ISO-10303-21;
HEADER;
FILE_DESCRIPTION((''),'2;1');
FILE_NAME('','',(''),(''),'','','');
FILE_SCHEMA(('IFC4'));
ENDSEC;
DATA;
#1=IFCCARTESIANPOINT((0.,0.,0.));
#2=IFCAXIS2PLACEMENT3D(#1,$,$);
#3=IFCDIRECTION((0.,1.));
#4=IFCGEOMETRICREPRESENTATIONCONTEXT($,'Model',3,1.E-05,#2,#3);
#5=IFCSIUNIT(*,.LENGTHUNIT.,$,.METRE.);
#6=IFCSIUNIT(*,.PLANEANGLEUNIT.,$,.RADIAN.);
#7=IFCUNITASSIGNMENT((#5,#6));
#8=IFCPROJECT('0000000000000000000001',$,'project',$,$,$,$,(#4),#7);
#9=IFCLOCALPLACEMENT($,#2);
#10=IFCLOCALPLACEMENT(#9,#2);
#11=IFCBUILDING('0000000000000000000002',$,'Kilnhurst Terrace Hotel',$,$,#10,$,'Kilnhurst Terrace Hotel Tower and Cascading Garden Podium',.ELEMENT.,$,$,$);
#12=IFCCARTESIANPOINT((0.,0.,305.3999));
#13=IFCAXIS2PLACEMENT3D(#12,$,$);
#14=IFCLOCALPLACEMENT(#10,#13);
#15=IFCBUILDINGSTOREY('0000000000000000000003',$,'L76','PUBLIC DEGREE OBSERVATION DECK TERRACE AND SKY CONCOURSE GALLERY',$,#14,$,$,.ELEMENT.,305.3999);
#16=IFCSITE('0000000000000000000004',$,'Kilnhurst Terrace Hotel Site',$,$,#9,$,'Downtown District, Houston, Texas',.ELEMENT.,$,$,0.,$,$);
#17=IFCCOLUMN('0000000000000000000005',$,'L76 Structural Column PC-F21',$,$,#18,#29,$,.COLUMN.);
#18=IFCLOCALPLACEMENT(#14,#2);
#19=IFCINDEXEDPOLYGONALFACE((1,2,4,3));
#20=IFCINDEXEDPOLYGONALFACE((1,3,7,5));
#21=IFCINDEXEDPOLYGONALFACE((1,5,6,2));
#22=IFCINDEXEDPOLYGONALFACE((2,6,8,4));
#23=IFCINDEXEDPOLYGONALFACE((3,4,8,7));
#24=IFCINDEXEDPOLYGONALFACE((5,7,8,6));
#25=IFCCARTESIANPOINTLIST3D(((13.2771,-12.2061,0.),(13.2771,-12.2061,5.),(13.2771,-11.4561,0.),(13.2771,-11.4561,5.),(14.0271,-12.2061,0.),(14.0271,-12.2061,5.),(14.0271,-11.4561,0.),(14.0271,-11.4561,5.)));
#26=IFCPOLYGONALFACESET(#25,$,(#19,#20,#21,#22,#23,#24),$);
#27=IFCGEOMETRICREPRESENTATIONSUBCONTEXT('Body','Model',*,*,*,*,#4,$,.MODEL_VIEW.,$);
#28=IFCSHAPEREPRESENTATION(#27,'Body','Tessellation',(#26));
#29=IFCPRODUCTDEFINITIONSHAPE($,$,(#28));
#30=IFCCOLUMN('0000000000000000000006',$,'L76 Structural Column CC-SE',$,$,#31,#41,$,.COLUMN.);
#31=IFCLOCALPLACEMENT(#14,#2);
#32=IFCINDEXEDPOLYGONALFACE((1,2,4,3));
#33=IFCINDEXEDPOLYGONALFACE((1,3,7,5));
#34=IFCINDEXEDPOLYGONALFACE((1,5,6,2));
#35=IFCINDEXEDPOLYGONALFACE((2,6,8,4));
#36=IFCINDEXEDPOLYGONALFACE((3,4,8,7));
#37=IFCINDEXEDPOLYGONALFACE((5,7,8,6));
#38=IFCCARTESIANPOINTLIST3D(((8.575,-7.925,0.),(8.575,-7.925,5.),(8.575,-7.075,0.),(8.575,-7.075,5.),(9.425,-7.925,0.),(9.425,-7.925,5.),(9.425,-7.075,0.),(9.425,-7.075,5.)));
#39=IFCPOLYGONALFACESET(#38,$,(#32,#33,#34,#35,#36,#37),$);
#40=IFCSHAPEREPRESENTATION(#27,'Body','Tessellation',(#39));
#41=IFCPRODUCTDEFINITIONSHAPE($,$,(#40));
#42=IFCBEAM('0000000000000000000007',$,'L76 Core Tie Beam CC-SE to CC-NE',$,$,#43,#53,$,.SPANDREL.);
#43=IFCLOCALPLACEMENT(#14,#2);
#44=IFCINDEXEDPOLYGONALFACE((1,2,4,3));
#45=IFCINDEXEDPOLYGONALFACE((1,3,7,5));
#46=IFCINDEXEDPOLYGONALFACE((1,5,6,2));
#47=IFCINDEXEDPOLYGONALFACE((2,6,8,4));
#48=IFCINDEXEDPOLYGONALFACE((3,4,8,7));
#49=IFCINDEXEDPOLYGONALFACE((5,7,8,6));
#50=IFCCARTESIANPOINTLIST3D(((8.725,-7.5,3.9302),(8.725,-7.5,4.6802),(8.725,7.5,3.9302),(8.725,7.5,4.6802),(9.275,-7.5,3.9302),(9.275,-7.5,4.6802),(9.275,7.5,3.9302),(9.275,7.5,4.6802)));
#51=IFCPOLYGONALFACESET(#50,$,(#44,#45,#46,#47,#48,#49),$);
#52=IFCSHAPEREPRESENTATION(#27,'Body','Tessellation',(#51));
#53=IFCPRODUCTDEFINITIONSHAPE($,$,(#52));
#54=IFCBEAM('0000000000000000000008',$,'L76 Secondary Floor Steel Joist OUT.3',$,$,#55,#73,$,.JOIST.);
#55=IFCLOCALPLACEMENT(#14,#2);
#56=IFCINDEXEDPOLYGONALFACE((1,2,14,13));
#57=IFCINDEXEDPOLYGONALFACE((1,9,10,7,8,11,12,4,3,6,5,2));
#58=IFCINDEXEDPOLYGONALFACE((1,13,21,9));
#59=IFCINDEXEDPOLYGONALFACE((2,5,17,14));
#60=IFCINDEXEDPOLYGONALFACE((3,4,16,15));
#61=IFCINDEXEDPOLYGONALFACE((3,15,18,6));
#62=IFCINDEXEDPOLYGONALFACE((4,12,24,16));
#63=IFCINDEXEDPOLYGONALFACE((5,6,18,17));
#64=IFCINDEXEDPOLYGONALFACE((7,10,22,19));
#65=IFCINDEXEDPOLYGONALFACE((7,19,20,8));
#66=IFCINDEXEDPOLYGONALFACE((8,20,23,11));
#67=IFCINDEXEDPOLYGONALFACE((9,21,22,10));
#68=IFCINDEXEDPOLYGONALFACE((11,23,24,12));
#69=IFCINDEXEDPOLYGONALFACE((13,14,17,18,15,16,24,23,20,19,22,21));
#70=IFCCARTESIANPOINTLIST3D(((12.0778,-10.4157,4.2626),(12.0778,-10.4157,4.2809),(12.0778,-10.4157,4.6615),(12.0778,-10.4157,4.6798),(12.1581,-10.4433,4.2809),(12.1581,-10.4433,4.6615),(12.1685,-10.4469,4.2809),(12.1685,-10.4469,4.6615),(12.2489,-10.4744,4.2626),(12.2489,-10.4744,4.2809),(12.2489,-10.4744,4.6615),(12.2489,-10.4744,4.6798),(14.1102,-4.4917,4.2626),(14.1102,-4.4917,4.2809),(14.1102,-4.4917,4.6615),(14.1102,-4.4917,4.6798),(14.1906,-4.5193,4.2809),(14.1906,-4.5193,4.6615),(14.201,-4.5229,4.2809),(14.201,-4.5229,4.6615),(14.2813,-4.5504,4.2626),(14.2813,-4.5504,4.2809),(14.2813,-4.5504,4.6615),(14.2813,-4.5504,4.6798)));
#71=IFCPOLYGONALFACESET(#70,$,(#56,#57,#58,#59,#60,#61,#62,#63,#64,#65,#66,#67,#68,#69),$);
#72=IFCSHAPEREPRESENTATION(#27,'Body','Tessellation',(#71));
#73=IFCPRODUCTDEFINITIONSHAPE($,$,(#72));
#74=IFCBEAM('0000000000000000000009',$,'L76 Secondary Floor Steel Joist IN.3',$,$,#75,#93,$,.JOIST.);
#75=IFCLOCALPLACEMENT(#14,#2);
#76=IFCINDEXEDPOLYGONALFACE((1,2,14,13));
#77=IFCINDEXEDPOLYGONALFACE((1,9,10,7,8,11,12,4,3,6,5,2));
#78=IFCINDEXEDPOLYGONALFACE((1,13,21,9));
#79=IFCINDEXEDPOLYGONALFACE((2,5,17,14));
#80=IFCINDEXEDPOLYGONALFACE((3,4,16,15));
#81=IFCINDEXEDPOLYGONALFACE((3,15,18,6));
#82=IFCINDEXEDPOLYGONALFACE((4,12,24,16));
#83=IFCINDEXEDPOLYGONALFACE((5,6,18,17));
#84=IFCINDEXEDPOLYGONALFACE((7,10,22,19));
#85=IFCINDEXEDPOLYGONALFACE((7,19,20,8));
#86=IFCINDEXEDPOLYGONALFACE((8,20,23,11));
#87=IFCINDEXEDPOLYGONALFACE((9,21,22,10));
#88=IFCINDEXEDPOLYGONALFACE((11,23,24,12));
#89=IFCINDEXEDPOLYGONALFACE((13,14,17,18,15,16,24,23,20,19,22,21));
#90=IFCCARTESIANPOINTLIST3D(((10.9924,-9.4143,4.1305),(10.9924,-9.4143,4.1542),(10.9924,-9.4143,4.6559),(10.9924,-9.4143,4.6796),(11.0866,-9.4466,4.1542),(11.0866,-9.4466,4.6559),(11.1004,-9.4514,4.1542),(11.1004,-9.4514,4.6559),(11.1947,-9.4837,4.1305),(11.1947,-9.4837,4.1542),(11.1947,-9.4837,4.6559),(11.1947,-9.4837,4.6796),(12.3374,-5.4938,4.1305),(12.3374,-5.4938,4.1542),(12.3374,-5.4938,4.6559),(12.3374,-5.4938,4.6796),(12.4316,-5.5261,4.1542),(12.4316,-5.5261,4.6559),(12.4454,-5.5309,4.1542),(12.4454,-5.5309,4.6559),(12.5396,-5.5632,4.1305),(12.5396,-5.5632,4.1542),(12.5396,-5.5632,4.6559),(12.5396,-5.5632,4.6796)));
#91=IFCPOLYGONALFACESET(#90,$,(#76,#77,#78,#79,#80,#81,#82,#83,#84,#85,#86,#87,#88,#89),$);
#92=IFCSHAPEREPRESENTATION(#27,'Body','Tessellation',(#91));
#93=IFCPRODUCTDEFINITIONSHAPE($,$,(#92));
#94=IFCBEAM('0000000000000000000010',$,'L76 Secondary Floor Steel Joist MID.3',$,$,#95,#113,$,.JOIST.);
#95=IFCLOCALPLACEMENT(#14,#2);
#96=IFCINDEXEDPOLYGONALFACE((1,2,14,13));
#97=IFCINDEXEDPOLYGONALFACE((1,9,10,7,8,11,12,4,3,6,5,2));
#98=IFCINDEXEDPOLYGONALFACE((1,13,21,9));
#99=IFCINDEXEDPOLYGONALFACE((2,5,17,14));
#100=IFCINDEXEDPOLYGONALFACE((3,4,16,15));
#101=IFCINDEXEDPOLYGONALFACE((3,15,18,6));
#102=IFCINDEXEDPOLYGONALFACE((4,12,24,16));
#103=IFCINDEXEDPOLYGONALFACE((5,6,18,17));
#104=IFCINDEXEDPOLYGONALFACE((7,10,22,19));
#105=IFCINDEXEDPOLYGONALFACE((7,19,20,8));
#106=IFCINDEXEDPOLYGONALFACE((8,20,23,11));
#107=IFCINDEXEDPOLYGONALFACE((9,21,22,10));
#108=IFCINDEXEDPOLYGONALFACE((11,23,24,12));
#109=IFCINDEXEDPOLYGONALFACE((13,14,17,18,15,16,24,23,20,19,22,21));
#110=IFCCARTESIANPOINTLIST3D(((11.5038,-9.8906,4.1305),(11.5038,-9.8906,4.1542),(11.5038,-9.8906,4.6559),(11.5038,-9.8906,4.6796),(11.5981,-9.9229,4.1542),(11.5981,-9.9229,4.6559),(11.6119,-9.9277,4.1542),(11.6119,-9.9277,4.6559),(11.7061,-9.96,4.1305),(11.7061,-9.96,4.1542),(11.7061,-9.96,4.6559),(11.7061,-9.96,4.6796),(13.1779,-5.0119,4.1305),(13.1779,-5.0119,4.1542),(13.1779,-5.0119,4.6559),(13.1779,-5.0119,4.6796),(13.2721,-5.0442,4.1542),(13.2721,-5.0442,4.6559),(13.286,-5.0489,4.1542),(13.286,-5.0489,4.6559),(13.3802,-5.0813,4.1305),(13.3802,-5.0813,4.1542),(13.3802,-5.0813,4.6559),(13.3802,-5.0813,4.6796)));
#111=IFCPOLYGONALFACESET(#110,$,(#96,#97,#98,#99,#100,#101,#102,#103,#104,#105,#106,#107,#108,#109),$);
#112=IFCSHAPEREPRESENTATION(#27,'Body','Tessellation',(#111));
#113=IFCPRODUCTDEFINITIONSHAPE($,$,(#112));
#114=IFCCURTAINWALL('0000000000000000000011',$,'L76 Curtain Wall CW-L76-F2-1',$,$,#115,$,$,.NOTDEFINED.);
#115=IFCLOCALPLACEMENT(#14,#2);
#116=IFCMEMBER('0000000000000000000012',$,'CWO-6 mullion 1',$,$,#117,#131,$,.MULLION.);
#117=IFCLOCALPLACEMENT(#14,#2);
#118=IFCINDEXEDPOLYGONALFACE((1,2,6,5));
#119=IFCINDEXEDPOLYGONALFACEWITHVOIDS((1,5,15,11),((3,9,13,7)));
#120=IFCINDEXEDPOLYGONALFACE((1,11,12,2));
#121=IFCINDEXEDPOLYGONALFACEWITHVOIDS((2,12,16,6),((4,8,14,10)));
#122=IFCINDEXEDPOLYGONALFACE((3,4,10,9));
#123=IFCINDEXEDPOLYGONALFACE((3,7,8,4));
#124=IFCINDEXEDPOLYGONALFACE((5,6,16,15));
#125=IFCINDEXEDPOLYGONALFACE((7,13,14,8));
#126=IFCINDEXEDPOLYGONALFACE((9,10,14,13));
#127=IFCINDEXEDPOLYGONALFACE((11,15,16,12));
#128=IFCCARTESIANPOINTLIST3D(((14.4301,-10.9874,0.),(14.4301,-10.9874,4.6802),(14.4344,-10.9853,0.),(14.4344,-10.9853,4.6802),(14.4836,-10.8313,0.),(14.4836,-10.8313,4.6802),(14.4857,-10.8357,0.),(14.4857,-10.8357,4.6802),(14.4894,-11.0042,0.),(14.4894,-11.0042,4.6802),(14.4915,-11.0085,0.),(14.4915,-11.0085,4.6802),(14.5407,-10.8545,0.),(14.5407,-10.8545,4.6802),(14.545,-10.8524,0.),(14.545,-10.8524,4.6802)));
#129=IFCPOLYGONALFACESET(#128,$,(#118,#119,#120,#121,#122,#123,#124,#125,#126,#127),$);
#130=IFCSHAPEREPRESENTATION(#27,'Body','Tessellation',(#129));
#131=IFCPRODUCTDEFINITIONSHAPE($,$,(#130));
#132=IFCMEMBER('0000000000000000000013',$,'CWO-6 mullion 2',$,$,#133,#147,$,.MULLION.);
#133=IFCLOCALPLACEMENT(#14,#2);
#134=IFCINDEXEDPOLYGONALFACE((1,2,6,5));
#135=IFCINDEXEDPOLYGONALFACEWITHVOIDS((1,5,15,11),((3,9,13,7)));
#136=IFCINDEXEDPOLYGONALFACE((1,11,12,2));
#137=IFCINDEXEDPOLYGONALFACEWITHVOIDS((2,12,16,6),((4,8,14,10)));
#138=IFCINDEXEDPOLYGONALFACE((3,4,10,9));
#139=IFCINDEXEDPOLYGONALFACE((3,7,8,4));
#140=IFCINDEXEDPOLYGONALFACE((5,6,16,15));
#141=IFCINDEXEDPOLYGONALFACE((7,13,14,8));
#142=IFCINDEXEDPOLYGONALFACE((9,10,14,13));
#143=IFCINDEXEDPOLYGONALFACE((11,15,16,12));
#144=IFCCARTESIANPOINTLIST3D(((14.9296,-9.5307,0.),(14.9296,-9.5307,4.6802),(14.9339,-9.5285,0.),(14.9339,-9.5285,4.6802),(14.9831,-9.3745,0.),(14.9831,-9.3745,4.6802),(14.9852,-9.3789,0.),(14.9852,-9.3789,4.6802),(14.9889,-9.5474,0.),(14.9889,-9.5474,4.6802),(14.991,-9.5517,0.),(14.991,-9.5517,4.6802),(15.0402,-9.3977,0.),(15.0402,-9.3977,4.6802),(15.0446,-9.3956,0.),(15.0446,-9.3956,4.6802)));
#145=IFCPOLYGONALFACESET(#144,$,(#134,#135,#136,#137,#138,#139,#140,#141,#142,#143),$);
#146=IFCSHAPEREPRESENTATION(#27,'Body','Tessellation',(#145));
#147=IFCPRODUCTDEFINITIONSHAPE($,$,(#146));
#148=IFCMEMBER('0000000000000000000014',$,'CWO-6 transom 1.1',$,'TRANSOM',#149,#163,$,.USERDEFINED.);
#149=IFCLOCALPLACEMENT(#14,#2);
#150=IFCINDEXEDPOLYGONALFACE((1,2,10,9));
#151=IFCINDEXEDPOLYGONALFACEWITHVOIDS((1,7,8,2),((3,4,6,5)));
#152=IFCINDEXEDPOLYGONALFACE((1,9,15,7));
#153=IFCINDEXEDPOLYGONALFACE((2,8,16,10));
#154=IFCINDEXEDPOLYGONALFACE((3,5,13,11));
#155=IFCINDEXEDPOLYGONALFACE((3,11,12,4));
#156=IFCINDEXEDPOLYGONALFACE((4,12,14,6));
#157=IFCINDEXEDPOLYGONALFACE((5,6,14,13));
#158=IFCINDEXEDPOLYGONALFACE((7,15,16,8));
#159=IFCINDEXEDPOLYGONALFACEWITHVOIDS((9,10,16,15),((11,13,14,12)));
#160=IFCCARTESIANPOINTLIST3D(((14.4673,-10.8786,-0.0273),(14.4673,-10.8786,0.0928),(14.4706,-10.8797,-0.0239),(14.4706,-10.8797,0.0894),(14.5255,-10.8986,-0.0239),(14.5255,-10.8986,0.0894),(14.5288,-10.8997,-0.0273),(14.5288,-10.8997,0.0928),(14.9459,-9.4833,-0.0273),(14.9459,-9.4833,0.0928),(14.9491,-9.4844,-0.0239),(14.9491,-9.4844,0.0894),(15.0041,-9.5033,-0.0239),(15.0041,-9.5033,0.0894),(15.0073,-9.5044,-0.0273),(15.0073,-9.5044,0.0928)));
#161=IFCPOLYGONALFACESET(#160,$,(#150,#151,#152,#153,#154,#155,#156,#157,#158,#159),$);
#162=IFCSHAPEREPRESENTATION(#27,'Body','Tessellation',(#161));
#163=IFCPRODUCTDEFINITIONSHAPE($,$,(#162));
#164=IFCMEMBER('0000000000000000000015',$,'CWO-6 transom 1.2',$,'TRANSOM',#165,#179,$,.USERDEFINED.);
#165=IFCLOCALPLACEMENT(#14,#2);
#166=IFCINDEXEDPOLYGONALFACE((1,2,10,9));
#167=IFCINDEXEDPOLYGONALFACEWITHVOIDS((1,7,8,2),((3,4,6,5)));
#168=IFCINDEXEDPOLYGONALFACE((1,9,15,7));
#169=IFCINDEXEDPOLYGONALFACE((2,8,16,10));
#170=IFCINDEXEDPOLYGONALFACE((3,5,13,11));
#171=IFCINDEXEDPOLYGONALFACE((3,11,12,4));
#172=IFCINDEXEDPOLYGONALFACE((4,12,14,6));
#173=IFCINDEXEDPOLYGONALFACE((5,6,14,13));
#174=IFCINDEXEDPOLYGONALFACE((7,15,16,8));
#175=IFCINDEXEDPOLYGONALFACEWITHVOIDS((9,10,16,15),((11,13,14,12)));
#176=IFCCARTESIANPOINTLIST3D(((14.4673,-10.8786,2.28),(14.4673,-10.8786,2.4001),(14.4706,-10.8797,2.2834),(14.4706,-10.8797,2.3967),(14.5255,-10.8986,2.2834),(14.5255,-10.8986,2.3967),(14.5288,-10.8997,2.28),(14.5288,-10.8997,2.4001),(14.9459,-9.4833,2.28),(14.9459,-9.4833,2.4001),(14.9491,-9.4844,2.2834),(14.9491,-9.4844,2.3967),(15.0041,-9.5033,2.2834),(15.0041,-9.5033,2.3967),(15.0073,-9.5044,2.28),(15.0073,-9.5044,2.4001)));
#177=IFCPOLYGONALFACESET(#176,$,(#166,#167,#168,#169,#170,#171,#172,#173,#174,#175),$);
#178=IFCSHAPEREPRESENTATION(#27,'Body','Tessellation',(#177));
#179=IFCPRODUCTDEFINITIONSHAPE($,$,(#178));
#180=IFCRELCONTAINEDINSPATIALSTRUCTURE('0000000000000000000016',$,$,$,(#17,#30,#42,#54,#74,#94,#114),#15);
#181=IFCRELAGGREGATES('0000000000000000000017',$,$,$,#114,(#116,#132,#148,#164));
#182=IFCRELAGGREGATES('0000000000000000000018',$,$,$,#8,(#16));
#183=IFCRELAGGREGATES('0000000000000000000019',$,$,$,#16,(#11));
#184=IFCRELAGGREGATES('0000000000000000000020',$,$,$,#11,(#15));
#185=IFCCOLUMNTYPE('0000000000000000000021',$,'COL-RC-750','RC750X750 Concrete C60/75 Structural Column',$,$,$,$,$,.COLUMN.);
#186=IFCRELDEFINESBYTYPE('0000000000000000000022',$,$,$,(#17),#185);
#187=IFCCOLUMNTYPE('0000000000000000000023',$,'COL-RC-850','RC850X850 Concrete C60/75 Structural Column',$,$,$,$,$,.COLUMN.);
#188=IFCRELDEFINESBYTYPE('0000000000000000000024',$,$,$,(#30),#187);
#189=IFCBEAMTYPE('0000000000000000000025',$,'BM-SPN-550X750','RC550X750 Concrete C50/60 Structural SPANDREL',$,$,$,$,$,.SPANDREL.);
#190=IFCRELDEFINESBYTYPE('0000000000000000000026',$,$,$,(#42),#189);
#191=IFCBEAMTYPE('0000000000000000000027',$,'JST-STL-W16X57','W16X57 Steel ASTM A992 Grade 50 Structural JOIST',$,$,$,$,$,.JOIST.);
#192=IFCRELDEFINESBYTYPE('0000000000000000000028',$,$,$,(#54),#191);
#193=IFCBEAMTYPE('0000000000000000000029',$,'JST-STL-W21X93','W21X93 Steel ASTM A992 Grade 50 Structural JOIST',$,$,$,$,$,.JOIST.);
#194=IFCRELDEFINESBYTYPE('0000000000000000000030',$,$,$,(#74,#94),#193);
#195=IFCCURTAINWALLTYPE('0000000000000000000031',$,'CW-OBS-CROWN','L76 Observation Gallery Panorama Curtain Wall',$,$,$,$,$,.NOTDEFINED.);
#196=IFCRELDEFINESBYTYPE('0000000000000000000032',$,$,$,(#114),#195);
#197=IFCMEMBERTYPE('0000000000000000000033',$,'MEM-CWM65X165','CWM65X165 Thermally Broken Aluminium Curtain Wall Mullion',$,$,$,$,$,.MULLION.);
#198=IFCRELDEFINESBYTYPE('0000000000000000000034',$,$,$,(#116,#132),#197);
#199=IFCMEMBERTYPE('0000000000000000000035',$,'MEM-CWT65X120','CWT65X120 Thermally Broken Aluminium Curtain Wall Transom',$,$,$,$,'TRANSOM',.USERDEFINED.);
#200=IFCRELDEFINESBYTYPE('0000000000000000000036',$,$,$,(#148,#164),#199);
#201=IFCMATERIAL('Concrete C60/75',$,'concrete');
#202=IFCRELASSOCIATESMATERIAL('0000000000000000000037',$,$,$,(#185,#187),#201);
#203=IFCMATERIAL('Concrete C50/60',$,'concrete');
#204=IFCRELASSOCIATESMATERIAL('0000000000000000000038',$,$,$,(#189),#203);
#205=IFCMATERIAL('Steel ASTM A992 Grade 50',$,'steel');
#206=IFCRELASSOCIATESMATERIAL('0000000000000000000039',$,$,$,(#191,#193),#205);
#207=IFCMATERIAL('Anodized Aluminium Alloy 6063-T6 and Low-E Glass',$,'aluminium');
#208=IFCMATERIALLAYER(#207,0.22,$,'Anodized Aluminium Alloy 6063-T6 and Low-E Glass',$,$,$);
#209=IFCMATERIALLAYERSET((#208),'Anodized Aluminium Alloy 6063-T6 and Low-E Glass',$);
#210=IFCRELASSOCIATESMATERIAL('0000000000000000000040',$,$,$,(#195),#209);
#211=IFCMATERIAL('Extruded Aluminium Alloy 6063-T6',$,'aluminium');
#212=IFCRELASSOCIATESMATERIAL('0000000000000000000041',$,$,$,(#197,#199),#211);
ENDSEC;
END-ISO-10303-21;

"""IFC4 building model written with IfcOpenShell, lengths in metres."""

from ifc_helpers import new_model, si_unit, direction, frame, origin, origin_2d, place, context, subcontext, project, spatial, rectangle, hollow_rectangle, i_section, extrude, material, layer, layer_set, material_profile, profile_set, type_object, element, aggregate, save


model = new_model("IFC4")

# Units and contexts
model_context = context("Model", 3, precision=1e-05, world=origin(), true_north=direction((0.0, 1.0)))
body_context = subcontext(model_context, "Body", "Model", "MODEL_VIEW")
ifc_project = project(units=[si_unit("LENGTHUNIT", "METRE"), si_unit("PLANEANGLEUNIT", "RADIAN")], contexts=[model_context])

# Site, building, storey
site_placement = place(None, origin())
site = spatial("IfcSite", under=ifc_project, at=site_placement, Name="Kilnhurst Terrace Hotel Site", LongName="Downtown District, Houston, Texas", CompositionType="ELEMENT", RefElevation=0.0)
building_placement = place(site_placement, origin())
building = spatial("IfcBuilding", under=site, at=building_placement, Name="Kilnhurst Terrace Hotel", LongName="Kilnhurst Terrace Hotel Tower and Cascading Garden Podium", CompositionType="ELEMENT")
storey_placement = place(building_placement, frame((0.0, 0.0, 305.3999)))
storey = spatial("IfcBuildingStorey", under=building, at=storey_placement, Name="L76", Description="PUBLIC DEGREE OBSERVATION DECK TERRACE AND SKY CONCOURSE GALLERY", CompositionType="ELEMENT", Elevation=305.3999)

# Columns
ifc_material_1 = material(Name="Concrete C60/75", Category="concrete")
ifc_material_profile_1 = material_profile(ifc_material_1, rectangle(XDim=0.75, YDim=0.75, at=origin_2d()), Name="RC750X750")
ifc_profile_set_1 = profile_set([ifc_material_profile_1], Name="Concrete C60/75")
column_type_1 = type_object("IfcColumnType", Name="COL-RC-750", Description="RC750X750 Concrete C60/75 Structural Column", PredefinedType="COLUMN", material=ifc_profile_set_1)
column_1_placement = place(storey_placement, frame((13.6521, -11.8311, 0.0), z_axis=(0.0, 0.0, 1.0), x_axis=(1.0, 0.0, 0.0)))
element("IfcColumn", 1, at=column_1_placement, inside=storey, type_object=column_type_1, Name="L76 Structural Column PC-F21", PredefinedType="COLUMN", context=body_context, shape_type="SweptSolid", body=[
    extrude(rectangle(XDim=0.75, YDim=0.75, at=origin_2d()), origin(), (0.0, 0.0, 1.0), 5.0),
])
ifc_material_profile_2 = material_profile(ifc_material_1, rectangle(XDim=0.8501, YDim=0.8501, at=origin_2d()), Name="RC850X850")
ifc_profile_set_2 = profile_set([ifc_material_profile_2], Name="Concrete C60/75")
column_type_2 = type_object("IfcColumnType", Name="COL-RC-850", Description="RC850X850 Concrete C60/75 Structural Column", PredefinedType="COLUMN", material=ifc_profile_set_2)
column_2_placement = place(storey_placement, frame((9.0, -7.5, 0.0), z_axis=(0.0, 0.0, 1.0), x_axis=(1.0, 0.0, 0.0)))
element("IfcColumn", 2, at=column_2_placement, inside=storey, type_object=column_type_2, Name="L76 Structural Column CC-SE", PredefinedType="COLUMN", context=body_context, shape_type="SweptSolid", body=[
    extrude(rectangle(XDim=0.8501, YDim=0.8501, at=origin_2d()), origin(), (0.0, 0.0, 1.0), 5.0),
])

# Beams
ifc_material_2 = material(Name="Concrete C50/60", Category="concrete")
ifc_material_profile_3 = material_profile(ifc_material_2, rectangle(XDim=0.55, YDim=0.75, at=origin_2d()), Name="RC550X750")
ifc_profile_set_3 = profile_set([ifc_material_profile_3], Name="Concrete C50/60")
beam_type_1 = type_object("IfcBeamType", Name="BM-SPN-550X750", Description="RC550X750 Concrete C50/60 Structural SPANDREL", PredefinedType="SPANDREL", material=ifc_profile_set_3)
beam_1_placement = place(storey_placement, frame((9.0, -7.5, 4.3052), z_axis=(0.0, 1.0, 0.0), x_axis=(-1.0, 0.0, 0.0)))
element("IfcBeam", 3, at=beam_1_placement, inside=storey, type_object=beam_type_1, Name="L76 Core Tie Beam CC-SE to CC-NE", PredefinedType="SPANDREL", context=body_context, shape_type="SweptSolid", body=[
    extrude(rectangle(XDim=0.55, YDim=0.75, at=origin_2d()), origin(), (0.0, 0.0, 1.0), 15.0),
])
ifc_material_3 = material(Name="Steel ASTM A992 Grade 50", Category="steel")
ifc_material_profile_4 = material_profile(ifc_material_3, i_section(OverallWidth=0.1809, OverallDepth=0.4172, WebThickness=0.011, FlangeThickness=0.0183, at=origin_2d()), Name="W16X57")
ifc_profile_set_4 = profile_set([ifc_material_profile_4], Name="Steel ASTM A992 Grade 50")
beam_type_2 = type_object("IfcBeamType", Name="JST-STL-W16X57", Description="W16X57 Steel ASTM A992 Grade 50 Structural JOIST", PredefinedType="JOIST", material=ifc_profile_set_4)
beam_2_placement = place(storey_placement, frame((12.1633, -10.4451, 4.4712), z_axis=(0.324519, 0.945879, 0.0), x_axis=(-0.945879, 0.324519, 0.0)))
element("IfcBeam", 4, at=beam_2_placement, inside=storey, type_object=beam_type_2, Name="L76 Secondary Floor Steel Joist OUT.3", PredefinedType="JOIST", context=body_context, shape_type="SweptSolid", body=[
    extrude(i_section(OverallWidth=0.1809, OverallDepth=0.4172, WebThickness=0.011, FlangeThickness=0.0183, at=origin_2d()), origin(), (0.0, 0.0, 1.0), 6.2629),
])
ifc_material_profile_5 = material_profile(ifc_material_3, i_section(OverallWidth=0.2139, OverallDepth=0.5491, WebThickness=0.0146, FlangeThickness=0.0237, at=origin_2d()), Name="W21X93")
ifc_profile_set_5 = profile_set([ifc_material_profile_5], Name="Steel ASTM A992 Grade 50")
beam_type_3 = type_object("IfcBeamType", Name="JST-STL-W21X93", Description="W21X93 Steel ASTM A992 Grade 50 Structural JOIST", PredefinedType="JOIST", material=ifc_profile_set_5)
beam_3_placement = place(storey_placement, frame((11.0935, -9.449, 4.405), z_axis=(0.324504, 0.945884, 0.0), x_axis=(-0.945884, 0.324504, 0.0)))
element("IfcBeam", 5, at=beam_3_placement, inside=storey, type_object=beam_type_3, Name="L76 Secondary Floor Steel Joist IN.3", PredefinedType="JOIST", context=body_context, shape_type="SweptSolid", body=[
    extrude(i_section(OverallWidth=0.2139, OverallDepth=0.5491, WebThickness=0.0146, FlangeThickness=0.0237, at=origin_2d()), origin(), (0.0, 0.0, 1.0), 4.1448),
])
beam_4_placement = place(storey_placement, frame((11.605, -9.9253, 4.405), z_axis=(0.324565, 0.945863, 0.0), x_axis=(-0.945863, 0.324565, 0.0)))
element("IfcBeam", 6, at=beam_4_placement, inside=storey, type_object=beam_type_3, Name="L76 Secondary Floor Steel Joist MID.3", PredefinedType="JOIST", context=body_context, shape_type="SweptSolid", body=[
    extrude(i_section(OverallWidth=0.2139, OverallDepth=0.5491, WebThickness=0.0146, FlangeThickness=0.0237, at=origin_2d()), origin(), (0.0, 0.0, 1.0), 5.158),
])

# Curtain wall, members
ifc_material_4 = material(Name="Anodized Aluminium Alloy 6063-T6 and Low-E Glass", Category="aluminium")
ifc_layer_1 = layer(ifc_material_4, 0.22, Name="Anodized Aluminium Alloy 6063-T6 and Low-E Glass")
ifc_layer_set_1 = layer_set([ifc_layer_1], Name="Anodized Aluminium Alloy 6063-T6 and Low-E Glass")
curtain_wall_type = type_object("IfcCurtainWallType", Name="CW-OBS-CROWN", Description="L76 Observation Gallery Panorama Curtain Wall", PredefinedType="NOTDEFINED", material=ifc_layer_set_1)
curtain_wall_placement = place(storey_placement, origin())
curtain_wall = element("IfcCurtainWall", 7, at=curtain_wall_placement, inside=storey, type_object=curtain_wall_type, Name="L76 Curtain Wall CW-L76-F2-1", PredefinedType="NOTDEFINED")
ifc_material_5 = material(Name="Extruded Aluminium Alloy 6063-T6", Category="aluminium")
ifc_material_profile_6 = material_profile(ifc_material_5, hollow_rectangle(XDim=0.0649, YDim=0.165, WallThickness=0.0034, at=origin_2d()), Name="CWM65X165")
ifc_profile_set_6 = profile_set([ifc_material_profile_6], Name="Extruded Aluminium Alloy 6063-T6")
member_type_1 = type_object("IfcMemberType", Name="MEM-CWM65X165", Description="CWM65X165 Thermally Broken Aluminium Curtain Wall Mullion", PredefinedType="MULLION", material=ifc_profile_set_6)
member_1_placement = place(storey_placement, frame((14.4875, -10.9199, 0.0), z_axis=(0.0, 0.0, 1.0), x_axis=(-0.945887, 0.324496, 0.0)))
member_1 = element("IfcMember", 8, at=member_1_placement, type_object=member_type_1, Name="CWO-6 mullion 1", PredefinedType="MULLION", context=body_context, shape_type="SweptSolid", body=[
    extrude(hollow_rectangle(XDim=0.0649, YDim=0.165, WallThickness=0.0034, at=origin_2d()), origin(), (0.0, 0.0, 1.0), 4.6802),
])
member_2_placement = place(storey_placement, frame((14.9871, -9.4631, 0.0), z_axis=(0.0, 0.0, 1.0), x_axis=(-0.945887, 0.324496, 0.0)))
member_2 = element("IfcMember", 9, at=member_2_placement, type_object=member_type_1, Name="CWO-6 mullion 2", PredefinedType="MULLION", context=body_context, shape_type="SweptSolid", body=[
    extrude(hollow_rectangle(XDim=0.0649, YDim=0.165, WallThickness=0.0034, at=origin_2d()), origin(), (0.0, 0.0, 1.0), 4.6802),
])
ifc_material_profile_7 = material_profile(ifc_material_5, hollow_rectangle(XDim=0.0649, YDim=0.1201, WallThickness=0.0034, at=origin_2d()), Name="CWT65X120")
ifc_profile_set_7 = profile_set([ifc_material_profile_7], Name="Extruded Aluminium Alloy 6063-T6")
member_type_2 = type_object("IfcMemberType", Name="MEM-CWT65X120", Description="CWT65X120 Thermally Broken Aluminium Curtain Wall Transom", ElementType="TRANSOM", PredefinedType="USERDEFINED", material=ifc_profile_set_7)
member_3_placement = place(storey_placement, frame((14.498, -10.8892, 0.0327), z_axis=(0.324409, 0.945917, 0.0), x_axis=(-0.945917, 0.324409, 0.0)))
member_3 = element("IfcMember", 10, at=member_3_placement, type_object=member_type_2, Name="CWO-6 transom 1.1", ObjectType="TRANSOM", PredefinedType="USERDEFINED", context=body_context, shape_type="SweptSolid", body=[
    extrude(hollow_rectangle(XDim=0.0649, YDim=0.1201, WallThickness=0.0034, at=origin_2d()), origin(), (0.0, 0.0, 1.0), 1.4751),
])
member_4_placement = place(storey_placement, frame((14.498, -10.8892, 2.3401), z_axis=(0.324409, 0.945917, 0.0), x_axis=(-0.945917, 0.324409, 0.0)))
member_4 = element("IfcMember", 11, at=member_4_placement, type_object=member_type_2, Name="CWO-6 transom 1.2", ObjectType="TRANSOM", PredefinedType="USERDEFINED", context=body_context, shape_type="SweptSolid", body=[
    extrude(hollow_rectangle(XDim=0.0649, YDim=0.1201, WallThickness=0.0034, at=origin_2d()), origin(), (0.0, 0.0, 1.0), 1.4751),
])

aggregate(curtain_wall, [member_1, member_2, member_3, member_4])

save(model, "model.ifc")
